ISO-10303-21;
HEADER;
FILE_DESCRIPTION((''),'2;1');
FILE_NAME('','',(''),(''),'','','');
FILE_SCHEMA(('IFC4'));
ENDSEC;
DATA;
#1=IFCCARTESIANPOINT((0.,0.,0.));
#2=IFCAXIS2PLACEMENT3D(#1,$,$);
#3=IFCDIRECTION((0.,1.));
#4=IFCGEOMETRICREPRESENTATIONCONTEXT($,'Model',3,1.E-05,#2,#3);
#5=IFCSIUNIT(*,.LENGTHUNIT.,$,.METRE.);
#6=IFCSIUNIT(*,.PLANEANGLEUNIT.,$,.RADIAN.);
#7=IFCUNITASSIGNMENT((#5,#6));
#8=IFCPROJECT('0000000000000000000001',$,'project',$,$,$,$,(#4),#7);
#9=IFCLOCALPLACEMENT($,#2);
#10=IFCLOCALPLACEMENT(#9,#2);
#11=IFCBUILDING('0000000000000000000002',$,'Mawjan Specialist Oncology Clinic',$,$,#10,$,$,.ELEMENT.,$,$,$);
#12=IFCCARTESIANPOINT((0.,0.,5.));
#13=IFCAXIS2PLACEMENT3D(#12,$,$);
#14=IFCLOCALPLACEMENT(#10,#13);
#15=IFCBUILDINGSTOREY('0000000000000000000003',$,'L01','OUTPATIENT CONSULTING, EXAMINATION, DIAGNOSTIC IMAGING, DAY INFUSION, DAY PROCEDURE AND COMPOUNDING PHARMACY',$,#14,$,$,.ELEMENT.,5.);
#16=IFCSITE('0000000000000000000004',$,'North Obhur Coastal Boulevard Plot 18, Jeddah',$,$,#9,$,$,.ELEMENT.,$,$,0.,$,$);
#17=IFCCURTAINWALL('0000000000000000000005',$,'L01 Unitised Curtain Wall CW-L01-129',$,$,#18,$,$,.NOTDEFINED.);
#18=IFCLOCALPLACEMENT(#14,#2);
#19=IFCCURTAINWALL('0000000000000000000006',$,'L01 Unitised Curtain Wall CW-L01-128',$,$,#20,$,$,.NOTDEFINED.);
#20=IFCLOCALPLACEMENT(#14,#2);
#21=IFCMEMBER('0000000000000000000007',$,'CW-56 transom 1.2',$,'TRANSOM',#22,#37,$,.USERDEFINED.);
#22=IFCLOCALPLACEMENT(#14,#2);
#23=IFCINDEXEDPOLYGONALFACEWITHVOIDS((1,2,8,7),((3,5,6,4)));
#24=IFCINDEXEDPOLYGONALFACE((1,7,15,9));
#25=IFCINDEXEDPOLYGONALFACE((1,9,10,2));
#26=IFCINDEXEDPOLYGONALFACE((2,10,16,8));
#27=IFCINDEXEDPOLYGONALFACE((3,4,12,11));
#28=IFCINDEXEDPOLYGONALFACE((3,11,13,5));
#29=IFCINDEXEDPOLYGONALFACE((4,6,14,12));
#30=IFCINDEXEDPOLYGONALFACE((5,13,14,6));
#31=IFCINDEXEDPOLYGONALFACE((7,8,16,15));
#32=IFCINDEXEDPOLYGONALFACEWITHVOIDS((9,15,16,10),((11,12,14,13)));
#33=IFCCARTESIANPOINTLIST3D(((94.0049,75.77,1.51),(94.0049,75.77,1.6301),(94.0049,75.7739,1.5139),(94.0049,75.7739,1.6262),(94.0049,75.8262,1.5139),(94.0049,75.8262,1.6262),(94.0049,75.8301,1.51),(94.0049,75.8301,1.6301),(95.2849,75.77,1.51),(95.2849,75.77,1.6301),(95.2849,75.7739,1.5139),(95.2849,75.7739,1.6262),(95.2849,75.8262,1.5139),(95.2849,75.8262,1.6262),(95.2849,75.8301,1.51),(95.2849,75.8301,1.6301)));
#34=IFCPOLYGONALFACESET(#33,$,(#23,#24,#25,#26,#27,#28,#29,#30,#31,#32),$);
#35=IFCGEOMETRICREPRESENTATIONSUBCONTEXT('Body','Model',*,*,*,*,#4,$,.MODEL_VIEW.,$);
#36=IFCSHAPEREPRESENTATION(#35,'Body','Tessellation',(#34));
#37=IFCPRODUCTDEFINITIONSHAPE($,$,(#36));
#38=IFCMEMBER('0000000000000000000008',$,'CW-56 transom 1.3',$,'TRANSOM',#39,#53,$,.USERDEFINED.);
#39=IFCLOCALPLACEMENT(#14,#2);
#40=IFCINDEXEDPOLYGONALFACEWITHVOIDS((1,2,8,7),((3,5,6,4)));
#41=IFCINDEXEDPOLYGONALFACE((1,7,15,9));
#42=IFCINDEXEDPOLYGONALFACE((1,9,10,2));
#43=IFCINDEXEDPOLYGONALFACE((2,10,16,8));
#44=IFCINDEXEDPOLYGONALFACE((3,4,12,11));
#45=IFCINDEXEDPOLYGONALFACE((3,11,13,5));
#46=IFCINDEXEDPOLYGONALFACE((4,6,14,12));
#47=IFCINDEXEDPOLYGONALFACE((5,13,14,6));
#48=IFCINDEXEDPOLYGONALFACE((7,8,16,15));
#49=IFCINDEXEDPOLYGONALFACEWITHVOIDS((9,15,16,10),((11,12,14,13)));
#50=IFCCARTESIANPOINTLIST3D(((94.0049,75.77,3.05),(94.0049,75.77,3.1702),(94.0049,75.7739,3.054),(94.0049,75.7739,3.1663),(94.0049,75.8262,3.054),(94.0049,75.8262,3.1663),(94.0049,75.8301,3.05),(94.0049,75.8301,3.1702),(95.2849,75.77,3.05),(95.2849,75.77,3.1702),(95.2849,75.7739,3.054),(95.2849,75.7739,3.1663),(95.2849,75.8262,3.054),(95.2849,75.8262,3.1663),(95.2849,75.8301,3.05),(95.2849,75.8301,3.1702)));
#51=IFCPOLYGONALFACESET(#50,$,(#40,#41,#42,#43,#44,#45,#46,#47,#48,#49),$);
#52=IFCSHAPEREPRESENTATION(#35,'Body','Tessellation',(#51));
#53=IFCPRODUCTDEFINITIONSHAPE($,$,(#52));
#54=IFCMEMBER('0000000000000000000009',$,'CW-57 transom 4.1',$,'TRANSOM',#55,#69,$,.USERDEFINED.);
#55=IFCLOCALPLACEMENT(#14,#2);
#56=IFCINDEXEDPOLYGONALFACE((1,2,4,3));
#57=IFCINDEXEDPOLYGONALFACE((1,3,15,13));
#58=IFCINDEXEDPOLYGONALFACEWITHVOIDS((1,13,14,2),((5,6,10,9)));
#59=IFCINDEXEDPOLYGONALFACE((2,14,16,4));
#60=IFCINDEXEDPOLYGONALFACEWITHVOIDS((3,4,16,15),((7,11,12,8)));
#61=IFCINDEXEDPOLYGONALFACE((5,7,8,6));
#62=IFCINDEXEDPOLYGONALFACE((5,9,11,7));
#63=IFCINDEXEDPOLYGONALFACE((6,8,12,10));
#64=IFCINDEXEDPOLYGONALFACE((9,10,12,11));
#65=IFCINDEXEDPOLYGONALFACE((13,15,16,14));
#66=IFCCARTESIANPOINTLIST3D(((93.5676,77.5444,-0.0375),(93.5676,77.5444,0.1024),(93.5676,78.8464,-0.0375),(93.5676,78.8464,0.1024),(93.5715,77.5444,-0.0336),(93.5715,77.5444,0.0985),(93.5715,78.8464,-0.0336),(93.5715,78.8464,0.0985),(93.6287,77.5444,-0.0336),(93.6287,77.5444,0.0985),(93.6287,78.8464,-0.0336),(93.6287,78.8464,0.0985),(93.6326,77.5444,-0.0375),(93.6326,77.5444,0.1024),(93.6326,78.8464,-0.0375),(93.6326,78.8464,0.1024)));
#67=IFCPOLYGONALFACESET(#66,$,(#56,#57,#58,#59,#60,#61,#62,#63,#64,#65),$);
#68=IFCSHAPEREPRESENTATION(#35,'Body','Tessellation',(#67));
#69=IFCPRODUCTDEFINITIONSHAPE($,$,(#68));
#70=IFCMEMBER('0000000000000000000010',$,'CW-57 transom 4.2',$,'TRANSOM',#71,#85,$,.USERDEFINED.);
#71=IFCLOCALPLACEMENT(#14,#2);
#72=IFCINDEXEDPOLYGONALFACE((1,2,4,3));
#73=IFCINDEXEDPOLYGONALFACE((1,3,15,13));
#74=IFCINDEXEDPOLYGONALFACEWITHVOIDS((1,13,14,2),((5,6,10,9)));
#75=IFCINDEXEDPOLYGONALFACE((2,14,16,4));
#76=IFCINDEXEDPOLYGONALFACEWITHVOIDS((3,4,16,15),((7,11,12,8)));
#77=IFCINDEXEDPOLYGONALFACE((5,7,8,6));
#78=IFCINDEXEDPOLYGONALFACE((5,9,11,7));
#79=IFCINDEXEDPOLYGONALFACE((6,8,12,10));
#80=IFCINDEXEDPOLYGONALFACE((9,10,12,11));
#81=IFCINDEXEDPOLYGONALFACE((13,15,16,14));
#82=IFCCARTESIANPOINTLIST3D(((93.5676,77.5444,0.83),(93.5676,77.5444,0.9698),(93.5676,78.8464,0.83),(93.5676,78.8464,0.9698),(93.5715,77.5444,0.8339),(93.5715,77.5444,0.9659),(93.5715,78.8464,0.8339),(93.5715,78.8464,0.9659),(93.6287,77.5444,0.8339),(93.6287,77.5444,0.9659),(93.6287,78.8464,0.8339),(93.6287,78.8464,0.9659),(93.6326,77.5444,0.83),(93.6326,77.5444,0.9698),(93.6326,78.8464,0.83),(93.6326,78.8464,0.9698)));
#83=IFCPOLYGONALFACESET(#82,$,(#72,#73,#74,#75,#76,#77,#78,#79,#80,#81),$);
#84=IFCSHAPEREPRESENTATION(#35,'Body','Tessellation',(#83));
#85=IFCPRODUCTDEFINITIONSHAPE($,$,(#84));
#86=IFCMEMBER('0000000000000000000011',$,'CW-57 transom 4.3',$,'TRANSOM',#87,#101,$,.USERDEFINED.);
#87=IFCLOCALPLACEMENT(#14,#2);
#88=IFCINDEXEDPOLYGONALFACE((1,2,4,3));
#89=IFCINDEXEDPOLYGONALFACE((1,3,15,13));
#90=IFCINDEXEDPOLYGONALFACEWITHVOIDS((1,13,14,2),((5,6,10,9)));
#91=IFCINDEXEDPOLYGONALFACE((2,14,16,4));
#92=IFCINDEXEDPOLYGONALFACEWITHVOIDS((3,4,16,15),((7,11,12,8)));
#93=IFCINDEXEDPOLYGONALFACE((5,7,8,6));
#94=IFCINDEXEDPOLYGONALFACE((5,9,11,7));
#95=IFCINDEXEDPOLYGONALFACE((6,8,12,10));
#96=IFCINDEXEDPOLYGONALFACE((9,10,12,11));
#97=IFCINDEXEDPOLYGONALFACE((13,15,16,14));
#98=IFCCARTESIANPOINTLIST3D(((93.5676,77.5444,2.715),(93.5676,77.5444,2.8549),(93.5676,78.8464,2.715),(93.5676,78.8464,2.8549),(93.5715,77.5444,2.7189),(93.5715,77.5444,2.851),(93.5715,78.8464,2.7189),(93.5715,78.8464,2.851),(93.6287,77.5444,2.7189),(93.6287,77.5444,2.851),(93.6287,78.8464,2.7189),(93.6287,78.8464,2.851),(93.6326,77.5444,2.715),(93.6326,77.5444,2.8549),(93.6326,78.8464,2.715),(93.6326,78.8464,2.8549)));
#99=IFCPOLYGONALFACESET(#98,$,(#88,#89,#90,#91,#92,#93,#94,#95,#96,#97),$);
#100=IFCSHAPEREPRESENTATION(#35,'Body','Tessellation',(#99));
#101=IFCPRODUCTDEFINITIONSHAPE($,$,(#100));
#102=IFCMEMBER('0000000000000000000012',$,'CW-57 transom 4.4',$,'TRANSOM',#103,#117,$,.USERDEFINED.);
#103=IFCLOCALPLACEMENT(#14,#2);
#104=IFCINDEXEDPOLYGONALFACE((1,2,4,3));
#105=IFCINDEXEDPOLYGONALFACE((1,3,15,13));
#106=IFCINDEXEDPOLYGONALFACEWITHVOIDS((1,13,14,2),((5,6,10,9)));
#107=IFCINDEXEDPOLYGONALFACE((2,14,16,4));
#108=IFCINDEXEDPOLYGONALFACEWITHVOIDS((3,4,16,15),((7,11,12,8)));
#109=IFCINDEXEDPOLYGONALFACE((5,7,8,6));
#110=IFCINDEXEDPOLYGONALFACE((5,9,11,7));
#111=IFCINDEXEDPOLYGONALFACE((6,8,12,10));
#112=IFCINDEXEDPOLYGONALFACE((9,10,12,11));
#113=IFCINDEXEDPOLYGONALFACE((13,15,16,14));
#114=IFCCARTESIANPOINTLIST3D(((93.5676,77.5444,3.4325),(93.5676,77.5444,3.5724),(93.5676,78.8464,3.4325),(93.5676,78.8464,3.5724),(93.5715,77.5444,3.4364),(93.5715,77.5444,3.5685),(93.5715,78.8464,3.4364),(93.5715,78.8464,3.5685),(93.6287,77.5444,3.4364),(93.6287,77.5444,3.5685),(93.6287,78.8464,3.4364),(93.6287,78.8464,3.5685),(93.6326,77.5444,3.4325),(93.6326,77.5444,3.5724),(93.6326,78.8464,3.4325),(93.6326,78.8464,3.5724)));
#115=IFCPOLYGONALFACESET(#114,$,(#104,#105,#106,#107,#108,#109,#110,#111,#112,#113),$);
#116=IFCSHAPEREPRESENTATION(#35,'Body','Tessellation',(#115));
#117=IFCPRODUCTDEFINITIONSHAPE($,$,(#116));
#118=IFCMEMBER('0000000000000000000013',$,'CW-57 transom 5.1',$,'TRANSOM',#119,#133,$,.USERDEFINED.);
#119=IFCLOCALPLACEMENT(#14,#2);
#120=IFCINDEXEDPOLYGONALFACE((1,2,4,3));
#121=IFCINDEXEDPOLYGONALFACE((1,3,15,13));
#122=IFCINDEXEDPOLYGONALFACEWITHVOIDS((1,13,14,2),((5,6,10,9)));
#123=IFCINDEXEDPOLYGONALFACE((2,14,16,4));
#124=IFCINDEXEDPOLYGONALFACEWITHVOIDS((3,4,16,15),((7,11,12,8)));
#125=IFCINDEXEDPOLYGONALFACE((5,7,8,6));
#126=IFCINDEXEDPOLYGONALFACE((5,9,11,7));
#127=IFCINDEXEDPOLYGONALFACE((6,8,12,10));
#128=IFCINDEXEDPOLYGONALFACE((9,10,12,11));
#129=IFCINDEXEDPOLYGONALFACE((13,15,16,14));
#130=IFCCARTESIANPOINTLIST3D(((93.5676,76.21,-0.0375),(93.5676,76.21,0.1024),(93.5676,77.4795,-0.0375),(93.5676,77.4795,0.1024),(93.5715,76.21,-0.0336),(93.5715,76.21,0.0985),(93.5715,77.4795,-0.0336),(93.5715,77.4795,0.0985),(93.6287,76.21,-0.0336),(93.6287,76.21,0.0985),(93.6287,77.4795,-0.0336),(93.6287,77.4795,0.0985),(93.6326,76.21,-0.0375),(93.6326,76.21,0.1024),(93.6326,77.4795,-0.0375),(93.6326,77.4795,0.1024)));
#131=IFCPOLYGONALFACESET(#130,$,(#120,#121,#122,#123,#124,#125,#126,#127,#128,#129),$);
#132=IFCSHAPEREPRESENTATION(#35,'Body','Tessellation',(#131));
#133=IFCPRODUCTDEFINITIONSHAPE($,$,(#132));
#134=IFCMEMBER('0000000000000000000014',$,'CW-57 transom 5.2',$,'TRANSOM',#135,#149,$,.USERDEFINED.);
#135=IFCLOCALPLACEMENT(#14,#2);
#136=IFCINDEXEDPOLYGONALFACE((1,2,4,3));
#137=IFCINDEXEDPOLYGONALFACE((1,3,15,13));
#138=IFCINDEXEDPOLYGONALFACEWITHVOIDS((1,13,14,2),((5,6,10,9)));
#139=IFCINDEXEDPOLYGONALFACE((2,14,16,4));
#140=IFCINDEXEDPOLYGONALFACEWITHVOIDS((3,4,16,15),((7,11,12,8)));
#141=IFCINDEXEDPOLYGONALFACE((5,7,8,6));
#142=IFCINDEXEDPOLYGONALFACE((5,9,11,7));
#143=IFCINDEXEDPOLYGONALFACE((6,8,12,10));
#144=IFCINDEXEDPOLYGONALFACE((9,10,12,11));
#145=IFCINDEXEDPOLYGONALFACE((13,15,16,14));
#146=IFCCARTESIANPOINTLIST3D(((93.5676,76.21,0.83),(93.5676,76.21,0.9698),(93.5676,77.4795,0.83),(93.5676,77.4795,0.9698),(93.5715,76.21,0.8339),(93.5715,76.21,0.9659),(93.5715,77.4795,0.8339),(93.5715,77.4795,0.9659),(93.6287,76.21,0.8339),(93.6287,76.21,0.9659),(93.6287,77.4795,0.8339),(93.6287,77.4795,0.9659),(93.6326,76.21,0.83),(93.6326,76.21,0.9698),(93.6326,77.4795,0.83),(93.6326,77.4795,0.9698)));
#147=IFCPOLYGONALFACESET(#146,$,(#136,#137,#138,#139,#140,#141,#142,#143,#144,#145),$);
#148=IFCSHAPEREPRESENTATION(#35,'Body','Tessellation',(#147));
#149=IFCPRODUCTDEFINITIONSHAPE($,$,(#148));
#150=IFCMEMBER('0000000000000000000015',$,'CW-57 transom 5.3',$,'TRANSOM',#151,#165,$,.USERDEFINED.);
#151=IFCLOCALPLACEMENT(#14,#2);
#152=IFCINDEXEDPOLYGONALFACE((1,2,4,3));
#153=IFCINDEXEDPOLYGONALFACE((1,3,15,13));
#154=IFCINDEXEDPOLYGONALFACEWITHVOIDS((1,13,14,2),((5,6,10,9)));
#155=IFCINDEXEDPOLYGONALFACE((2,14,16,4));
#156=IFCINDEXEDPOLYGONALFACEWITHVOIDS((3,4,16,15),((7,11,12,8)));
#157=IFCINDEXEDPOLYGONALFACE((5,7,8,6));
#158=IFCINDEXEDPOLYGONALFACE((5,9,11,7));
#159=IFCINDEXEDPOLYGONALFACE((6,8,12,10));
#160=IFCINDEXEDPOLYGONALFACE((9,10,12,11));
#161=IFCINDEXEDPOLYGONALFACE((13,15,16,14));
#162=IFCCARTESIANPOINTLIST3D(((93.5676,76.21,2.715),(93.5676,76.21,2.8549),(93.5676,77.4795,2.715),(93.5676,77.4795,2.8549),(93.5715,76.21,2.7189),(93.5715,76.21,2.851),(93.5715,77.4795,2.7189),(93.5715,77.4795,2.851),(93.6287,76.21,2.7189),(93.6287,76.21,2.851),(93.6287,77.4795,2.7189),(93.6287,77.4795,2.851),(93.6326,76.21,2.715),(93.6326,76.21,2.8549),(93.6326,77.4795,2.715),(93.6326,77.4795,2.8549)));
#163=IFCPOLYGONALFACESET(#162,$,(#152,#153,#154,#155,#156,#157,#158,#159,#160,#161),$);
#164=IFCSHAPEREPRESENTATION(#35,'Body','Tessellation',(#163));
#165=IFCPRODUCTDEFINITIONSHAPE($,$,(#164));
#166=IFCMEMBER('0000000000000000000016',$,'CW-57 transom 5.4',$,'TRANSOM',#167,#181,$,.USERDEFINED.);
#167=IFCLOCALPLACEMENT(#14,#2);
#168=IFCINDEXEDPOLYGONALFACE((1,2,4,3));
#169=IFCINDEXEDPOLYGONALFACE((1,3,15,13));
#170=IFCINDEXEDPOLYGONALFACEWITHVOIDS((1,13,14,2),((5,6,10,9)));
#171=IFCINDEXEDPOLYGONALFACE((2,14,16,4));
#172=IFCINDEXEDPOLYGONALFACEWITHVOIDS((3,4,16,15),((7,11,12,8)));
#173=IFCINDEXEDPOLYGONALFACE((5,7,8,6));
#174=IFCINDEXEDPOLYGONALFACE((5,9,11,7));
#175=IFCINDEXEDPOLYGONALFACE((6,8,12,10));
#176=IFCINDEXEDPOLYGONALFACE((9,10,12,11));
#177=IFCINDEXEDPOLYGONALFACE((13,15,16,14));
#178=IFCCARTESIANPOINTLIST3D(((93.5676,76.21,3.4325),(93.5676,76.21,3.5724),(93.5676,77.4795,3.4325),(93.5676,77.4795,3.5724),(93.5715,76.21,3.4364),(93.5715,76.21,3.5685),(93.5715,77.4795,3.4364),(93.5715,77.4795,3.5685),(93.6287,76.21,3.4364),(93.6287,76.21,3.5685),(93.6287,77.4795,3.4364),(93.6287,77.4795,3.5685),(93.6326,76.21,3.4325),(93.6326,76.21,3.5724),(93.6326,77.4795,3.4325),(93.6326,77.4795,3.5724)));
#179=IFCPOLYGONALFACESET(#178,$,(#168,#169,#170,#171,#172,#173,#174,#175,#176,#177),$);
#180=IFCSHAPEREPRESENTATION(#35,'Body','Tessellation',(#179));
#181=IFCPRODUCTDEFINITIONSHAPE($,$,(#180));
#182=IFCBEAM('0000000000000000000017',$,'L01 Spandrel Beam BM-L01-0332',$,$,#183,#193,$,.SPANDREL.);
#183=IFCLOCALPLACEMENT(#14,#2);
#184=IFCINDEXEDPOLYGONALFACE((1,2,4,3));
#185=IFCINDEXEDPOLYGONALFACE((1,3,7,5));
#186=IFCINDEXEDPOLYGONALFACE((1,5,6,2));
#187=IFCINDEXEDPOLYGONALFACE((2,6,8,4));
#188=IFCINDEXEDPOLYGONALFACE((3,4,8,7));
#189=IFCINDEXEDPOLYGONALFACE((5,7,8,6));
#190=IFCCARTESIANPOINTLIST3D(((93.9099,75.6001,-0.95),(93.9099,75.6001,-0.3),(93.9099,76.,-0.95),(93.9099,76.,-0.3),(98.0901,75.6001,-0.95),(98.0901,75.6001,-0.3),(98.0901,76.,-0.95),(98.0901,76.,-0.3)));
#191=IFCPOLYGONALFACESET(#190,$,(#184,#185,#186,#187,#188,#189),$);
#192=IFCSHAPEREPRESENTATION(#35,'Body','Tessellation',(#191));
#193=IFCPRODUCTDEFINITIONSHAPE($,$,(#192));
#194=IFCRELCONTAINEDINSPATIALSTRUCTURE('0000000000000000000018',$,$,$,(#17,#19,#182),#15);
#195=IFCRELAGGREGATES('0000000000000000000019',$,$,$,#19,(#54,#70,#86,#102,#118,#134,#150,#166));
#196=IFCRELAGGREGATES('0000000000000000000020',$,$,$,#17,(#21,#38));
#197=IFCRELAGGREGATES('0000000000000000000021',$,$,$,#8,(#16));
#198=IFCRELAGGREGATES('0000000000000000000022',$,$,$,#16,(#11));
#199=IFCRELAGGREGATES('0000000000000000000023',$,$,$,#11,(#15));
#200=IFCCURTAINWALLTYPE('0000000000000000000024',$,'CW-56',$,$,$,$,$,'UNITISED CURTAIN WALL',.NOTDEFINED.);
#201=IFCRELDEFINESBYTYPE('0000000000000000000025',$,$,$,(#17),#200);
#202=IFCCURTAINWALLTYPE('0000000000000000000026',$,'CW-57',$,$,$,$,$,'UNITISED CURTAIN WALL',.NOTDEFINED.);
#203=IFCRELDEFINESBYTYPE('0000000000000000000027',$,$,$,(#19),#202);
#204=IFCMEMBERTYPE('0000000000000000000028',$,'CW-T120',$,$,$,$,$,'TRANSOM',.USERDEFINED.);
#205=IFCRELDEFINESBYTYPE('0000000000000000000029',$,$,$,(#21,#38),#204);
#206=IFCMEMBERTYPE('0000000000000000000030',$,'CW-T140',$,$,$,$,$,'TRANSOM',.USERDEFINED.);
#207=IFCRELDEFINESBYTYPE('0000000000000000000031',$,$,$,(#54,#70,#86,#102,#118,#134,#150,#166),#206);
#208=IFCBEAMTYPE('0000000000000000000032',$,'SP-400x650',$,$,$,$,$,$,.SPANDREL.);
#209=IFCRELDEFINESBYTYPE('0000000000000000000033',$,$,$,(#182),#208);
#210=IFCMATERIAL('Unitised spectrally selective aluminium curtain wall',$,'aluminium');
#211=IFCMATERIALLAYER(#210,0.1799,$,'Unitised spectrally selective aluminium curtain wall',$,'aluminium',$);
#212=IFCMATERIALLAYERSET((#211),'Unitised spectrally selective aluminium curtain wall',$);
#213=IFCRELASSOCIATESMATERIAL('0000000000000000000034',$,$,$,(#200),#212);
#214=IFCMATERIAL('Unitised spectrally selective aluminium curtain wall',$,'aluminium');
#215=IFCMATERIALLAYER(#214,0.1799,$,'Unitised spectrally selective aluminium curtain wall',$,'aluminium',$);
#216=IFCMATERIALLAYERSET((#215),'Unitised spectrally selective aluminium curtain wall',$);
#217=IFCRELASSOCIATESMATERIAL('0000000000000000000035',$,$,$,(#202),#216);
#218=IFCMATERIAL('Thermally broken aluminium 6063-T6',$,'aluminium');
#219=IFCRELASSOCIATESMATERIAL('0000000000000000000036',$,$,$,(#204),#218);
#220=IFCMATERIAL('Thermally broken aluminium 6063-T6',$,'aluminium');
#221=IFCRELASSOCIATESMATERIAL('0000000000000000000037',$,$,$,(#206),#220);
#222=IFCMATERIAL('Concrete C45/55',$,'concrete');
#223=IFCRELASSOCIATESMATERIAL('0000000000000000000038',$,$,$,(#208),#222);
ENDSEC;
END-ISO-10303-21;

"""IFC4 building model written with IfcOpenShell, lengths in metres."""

from ifc_helpers import new_model, si_unit, direction, frame, origin, origin_2d, place, context, subcontext, project, spatial, rectangle, hollow_rectangle, extrude, material, layer, layer_set, material_profile, profile_set, type_object, element, aggregate, save


model = new_model("IFC4")

# Units and contexts
model_context = context("Model", 3, precision=1e-05, world=origin(), true_north=direction((0.0, 1.0)))
body_context = subcontext(model_context, "Body", "Model", "MODEL_VIEW")
ifc_project = project(units=[si_unit("LENGTHUNIT", "METRE"), si_unit("PLANEANGLEUNIT", "RADIAN")], contexts=[model_context])

# Site, building, storey
site_placement = place(None, origin())
site = spatial("IfcSite", under=ifc_project, at=site_placement, Name="North Obhur Coastal Boulevard Plot 18, Jeddah", CompositionType="ELEMENT", RefElevation=0.0)
building_placement = place(site_placement, origin())
building = spatial("IfcBuilding", under=site, at=building_placement, Name="Mawjan Specialist Oncology Clinic", CompositionType="ELEMENT")
storey_placement = place(building_placement, frame((0.0, 0.0, 5.0)))
storey = spatial("IfcBuildingStorey", under=building, at=storey_placement, Name="L01", Description="OUTPATIENT CONSULTING, EXAMINATION, DIAGNOSTIC IMAGING, DAY INFUSION, DAY PROCEDURE AND COMPOUNDING PHARMACY", CompositionType="ELEMENT", Elevation=5.0)

# Curtain wall
ifc_material_1 = material(Name="Unitised spectrally selective aluminium curtain wall", Category="aluminium")
ifc_layer_1 = layer(ifc_material_1, 0.1799, Name="Unitised spectrally selective aluminium curtain wall", Category="aluminium")
ifc_layer_set_1 = layer_set([ifc_layer_1], Name="Unitised spectrally selective aluminium curtain wall")
curtain_wall_type_1 = type_object("IfcCurtainWallType", Name="CW-56", ElementType="UNITISED CURTAIN WALL", PredefinedType="NOTDEFINED", material=ifc_layer_set_1)
curtain_wall_1_placement = place(storey_placement, origin())
curtain_wall_1 = element("IfcCurtainWall", 1, at=curtain_wall_1_placement, inside=storey, type_object=curtain_wall_type_1, Name="L01 Unitised Curtain Wall CW-L01-129", PredefinedType="NOTDEFINED")

# Curtain wall
ifc_material_2 = material(Name="Unitised spectrally selective aluminium curtain wall", Category="aluminium")
ifc_layer_2 = layer(ifc_material_2, 0.1799, Name="Unitised spectrally selective aluminium curtain wall", Category="aluminium")
ifc_layer_set_2 = layer_set([ifc_layer_2], Name="Unitised spectrally selective aluminium curtain wall")
curtain_wall_type_2 = type_object("IfcCurtainWallType", Name="CW-57", ElementType="UNITISED CURTAIN WALL", PredefinedType="NOTDEFINED", material=ifc_layer_set_2)
curtain_wall_2_placement = place(storey_placement, origin())
curtain_wall_2 = element("IfcCurtainWall", 2, at=curtain_wall_2_placement, inside=storey, type_object=curtain_wall_type_2, Name="L01 Unitised Curtain Wall CW-L01-128", PredefinedType="NOTDEFINED")

# Members
ifc_material_3 = material(Name="Thermally broken aluminium 6063-T6", Category="aluminium")
ifc_material_profile_1 = material_profile(ifc_material_3, hollow_rectangle(XDim=0.0601, YDim=0.1201, WallThickness=0.0039, at=origin_2d()), Name="ALU TRANSOM 120x60x4", Category="aluminium")
ifc_profile_set_1 = profile_set([ifc_material_profile_1], Name="Thermally broken aluminium 6063-T6")
member_type_1 = type_object("IfcMemberType", Name="CW-T120", ElementType="TRANSOM", PredefinedType="USERDEFINED", material=ifc_profile_set_1)
member_1_placement = place(storey_placement, frame((94.0049, 75.8, 1.5701), z_axis=(1.0, 0.0, 0.0), x_axis=(0.0, 1.0, 0.0)))
member_1 = element("IfcMember", 3, at=member_1_placement, type_object=member_type_1, Name="CW-56 transom 1.2", ObjectType="TRANSOM", PredefinedType="USERDEFINED", context=body_context, shape_type="SweptSolid", body=[
    extrude(hollow_rectangle(XDim=0.0601, YDim=0.1201, WallThickness=0.0039, at=origin_2d()), origin(), (0.0, 0.0, 1.0), 1.28),
])
member_2_placement = place(storey_placement, frame((94.0049, 75.8, 3.1101), z_axis=(1.0, 0.0, 0.0), x_axis=(0.0, 1.0, 0.0)))
member_2 = element("IfcMember", 4, at=member_2_placement, type_object=member_type_1, Name="CW-56 transom 1.3", ObjectType="TRANSOM", PredefinedType="USERDEFINED", context=body_context, shape_type="SweptSolid", body=[
    extrude(hollow_rectangle(XDim=0.0601, YDim=0.1201, WallThickness=0.0039, at=origin_2d()), origin(), (0.0, 0.0, 1.0), 1.28),
])
ifc_material_4 = material(Name="Thermally broken aluminium 6063-T6", Category="aluminium")
ifc_material_profile_2 = material_profile(ifc_material_4, hollow_rectangle(XDim=0.0649, YDim=0.1399, WallThickness=0.0039, at=origin_2d()), Name="ALU TRANSOM 140x65x4", Category="aluminium")
ifc_profile_set_2 = profile_set([ifc_material_profile_2], Name="Thermally broken aluminium 6063-T6")
member_type_2 = type_object("IfcMemberType", Name="CW-T140", ElementType="TRANSOM", PredefinedType="USERDEFINED", material=ifc_profile_set_2)
member_3_placement = place(storey_placement, frame((93.6001, 78.8464, 0.0325), z_axis=(0.0, -1.0, 0.0), x_axis=(1.0, 0.0, 0.0)))
member_3 = element("IfcMember", 5, at=member_3_placement, type_object=member_type_2, Name="CW-57 transom 4.1", ObjectType="TRANSOM", PredefinedType="USERDEFINED", context=body_context, shape_type="SweptSolid", body=[
    extrude(hollow_rectangle(XDim=0.0649, YDim=0.1399, WallThickness=0.0039, at=origin_2d()), origin(), (0.0, 0.0, 1.0), 1.302),
])
member_4_placement = place(storey_placement, frame((93.6001, 78.8464, 0.8999), z_axis=(0.0, -1.0, 0.0), x_axis=(1.0, 0.0, 0.0)))
member_4 = element("IfcMember", 6, at=member_4_placement, type_object=member_type_2, Name="CW-57 transom 4.2", ObjectType="TRANSOM", PredefinedType="USERDEFINED", context=body_context, shape_type="SweptSolid", body=[
    extrude(hollow_rectangle(XDim=0.0649, YDim=0.1399, WallThickness=0.0039, at=origin_2d()), origin(), (0.0, 0.0, 1.0), 1.302),
])
member_5_placement = place(storey_placement, frame((93.6001, 78.8464, 2.7849), z_axis=(0.0, -1.0, 0.0), x_axis=(1.0, 0.0, 0.0)))
member_5 = element("IfcMember", 7, at=member_5_placement, type_object=member_type_2, Name="CW-57 transom 4.3", ObjectType="TRANSOM", PredefinedType="USERDEFINED", context=body_context, shape_type="SweptSolid", body=[
    extrude(hollow_rectangle(XDim=0.0649, YDim=0.1399, WallThickness=0.0039, at=origin_2d()), origin(), (0.0, 0.0, 1.0), 1.302),
])
member_6_placement = place(storey_placement, frame((93.6001, 78.8464, 3.5024), z_axis=(0.0, -1.0, 0.0), x_axis=(1.0, 0.0, 0.0)))
member_6 = element("IfcMember", 8, at=member_6_placement, type_object=member_type_2, Name="CW-57 transom 4.4", ObjectType="TRANSOM", PredefinedType="USERDEFINED", context=body_context, shape_type="SweptSolid", body=[
    extrude(hollow_rectangle(XDim=0.0649, YDim=0.1399, WallThickness=0.0039, at=origin_2d()), origin(), (0.0, 0.0, 1.0), 1.302),
])
member_7_placement = place(storey_placement, frame((93.6001, 77.4795, 0.0325), z_axis=(0.0, -1.0, 0.0), x_axis=(1.0, 0.0, 0.0)))
member_7 = element("IfcMember", 9, at=member_7_placement, type_object=member_type_2, Name="CW-57 transom 5.1", ObjectType="TRANSOM", PredefinedType="USERDEFINED", context=body_context, shape_type="SweptSolid", body=[
    extrude(hollow_rectangle(XDim=0.0649, YDim=0.1399, WallThickness=0.0039, at=origin_2d()), origin(), (0.0, 0.0, 1.0), 1.2695),
])
member_8_placement = place(storey_placement, frame((93.6001, 77.4795, 0.8999), z_axis=(0.0, -1.0, 0.0), x_axis=(1.0, 0.0, 0.0)))
member_8 = element("IfcMember", 10, at=member_8_placement, type_object=member_type_2, Name="CW-57 transom 5.2", ObjectType="TRANSOM", PredefinedType="USERDEFINED", context=body_context, shape_type="SweptSolid", body=[
    extrude(hollow_rectangle(XDim=0.0649, YDim=0.1399, WallThickness=0.0039, at=origin_2d()), origin(), (0.0, 0.0, 1.0), 1.2695),
])
member_9_placement = place(storey_placement, frame((93.6001, 77.4795, 2.7849), z_axis=(0.0, -1.0, 0.0), x_axis=(1.0, 0.0, 0.0)))
member_9 = element("IfcMember", 11, at=member_9_placement, type_object=member_type_2, Name="CW-57 transom 5.3", ObjectType="TRANSOM", PredefinedType="USERDEFINED", context=body_context, shape_type="SweptSolid", body=[
    extrude(hollow_rectangle(XDim=0.0649, YDim=0.1399, WallThickness=0.0039, at=origin_2d()), origin(), (0.0, 0.0, 1.0), 1.2695),
])
member_10_placement = place(storey_placement, frame((93.6001, 77.4795, 3.5024), z_axis=(0.0, -1.0, 0.0), x_axis=(1.0, 0.0, 0.0)))
member_10 = element("IfcMember", 12, at=member_10_placement, type_object=member_type_2, Name="CW-57 transom 5.4", ObjectType="TRANSOM", PredefinedType="USERDEFINED", context=body_context, shape_type="SweptSolid", body=[
    extrude(hollow_rectangle(XDim=0.0649, YDim=0.1399, WallThickness=0.0039, at=origin_2d()), origin(), (0.0, 0.0, 1.0), 1.2695),
])

# Beam
ifc_material_5 = material(Name="Concrete C45/55", Category="concrete")
ifc_material_profile_3 = material_profile(ifc_material_5, rectangle(XDim=0.3999, YDim=0.6499, at=origin_2d()), Name="RC BM 400x650", Category="concrete")
ifc_profile_set_3 = profile_set([ifc_material_profile_3], Name="Concrete C45/55")
beam_type = type_object("IfcBeamType", Name="SP-400x650", PredefinedType="SPANDREL", material=ifc_profile_set_3)
beam_1_placement = place(storey_placement, frame((93.9099, 75.8, -0.625), z_axis=(1.0, 0.0, 0.0), x_axis=(0.0, 1.0, 0.0)))
element("IfcBeam", 13, at=beam_1_placement, inside=storey, type_object=beam_type, Name="L01 Spandrel Beam BM-L01-0332", PredefinedType="SPANDREL", context=body_context, shape_type="SweptSolid", body=[
    extrude(rectangle(XDim=0.3999, YDim=0.6499, at=origin_2d()), origin(), (0.0, 0.0, 1.0), 4.1802),
])

aggregate(curtain_wall_2, [member_3, member_4, member_5, member_6, member_7, member_8, member_9, member_10])
aggregate(curtain_wall_1, [member_1, member_2])

save(model, "model.ifc")
